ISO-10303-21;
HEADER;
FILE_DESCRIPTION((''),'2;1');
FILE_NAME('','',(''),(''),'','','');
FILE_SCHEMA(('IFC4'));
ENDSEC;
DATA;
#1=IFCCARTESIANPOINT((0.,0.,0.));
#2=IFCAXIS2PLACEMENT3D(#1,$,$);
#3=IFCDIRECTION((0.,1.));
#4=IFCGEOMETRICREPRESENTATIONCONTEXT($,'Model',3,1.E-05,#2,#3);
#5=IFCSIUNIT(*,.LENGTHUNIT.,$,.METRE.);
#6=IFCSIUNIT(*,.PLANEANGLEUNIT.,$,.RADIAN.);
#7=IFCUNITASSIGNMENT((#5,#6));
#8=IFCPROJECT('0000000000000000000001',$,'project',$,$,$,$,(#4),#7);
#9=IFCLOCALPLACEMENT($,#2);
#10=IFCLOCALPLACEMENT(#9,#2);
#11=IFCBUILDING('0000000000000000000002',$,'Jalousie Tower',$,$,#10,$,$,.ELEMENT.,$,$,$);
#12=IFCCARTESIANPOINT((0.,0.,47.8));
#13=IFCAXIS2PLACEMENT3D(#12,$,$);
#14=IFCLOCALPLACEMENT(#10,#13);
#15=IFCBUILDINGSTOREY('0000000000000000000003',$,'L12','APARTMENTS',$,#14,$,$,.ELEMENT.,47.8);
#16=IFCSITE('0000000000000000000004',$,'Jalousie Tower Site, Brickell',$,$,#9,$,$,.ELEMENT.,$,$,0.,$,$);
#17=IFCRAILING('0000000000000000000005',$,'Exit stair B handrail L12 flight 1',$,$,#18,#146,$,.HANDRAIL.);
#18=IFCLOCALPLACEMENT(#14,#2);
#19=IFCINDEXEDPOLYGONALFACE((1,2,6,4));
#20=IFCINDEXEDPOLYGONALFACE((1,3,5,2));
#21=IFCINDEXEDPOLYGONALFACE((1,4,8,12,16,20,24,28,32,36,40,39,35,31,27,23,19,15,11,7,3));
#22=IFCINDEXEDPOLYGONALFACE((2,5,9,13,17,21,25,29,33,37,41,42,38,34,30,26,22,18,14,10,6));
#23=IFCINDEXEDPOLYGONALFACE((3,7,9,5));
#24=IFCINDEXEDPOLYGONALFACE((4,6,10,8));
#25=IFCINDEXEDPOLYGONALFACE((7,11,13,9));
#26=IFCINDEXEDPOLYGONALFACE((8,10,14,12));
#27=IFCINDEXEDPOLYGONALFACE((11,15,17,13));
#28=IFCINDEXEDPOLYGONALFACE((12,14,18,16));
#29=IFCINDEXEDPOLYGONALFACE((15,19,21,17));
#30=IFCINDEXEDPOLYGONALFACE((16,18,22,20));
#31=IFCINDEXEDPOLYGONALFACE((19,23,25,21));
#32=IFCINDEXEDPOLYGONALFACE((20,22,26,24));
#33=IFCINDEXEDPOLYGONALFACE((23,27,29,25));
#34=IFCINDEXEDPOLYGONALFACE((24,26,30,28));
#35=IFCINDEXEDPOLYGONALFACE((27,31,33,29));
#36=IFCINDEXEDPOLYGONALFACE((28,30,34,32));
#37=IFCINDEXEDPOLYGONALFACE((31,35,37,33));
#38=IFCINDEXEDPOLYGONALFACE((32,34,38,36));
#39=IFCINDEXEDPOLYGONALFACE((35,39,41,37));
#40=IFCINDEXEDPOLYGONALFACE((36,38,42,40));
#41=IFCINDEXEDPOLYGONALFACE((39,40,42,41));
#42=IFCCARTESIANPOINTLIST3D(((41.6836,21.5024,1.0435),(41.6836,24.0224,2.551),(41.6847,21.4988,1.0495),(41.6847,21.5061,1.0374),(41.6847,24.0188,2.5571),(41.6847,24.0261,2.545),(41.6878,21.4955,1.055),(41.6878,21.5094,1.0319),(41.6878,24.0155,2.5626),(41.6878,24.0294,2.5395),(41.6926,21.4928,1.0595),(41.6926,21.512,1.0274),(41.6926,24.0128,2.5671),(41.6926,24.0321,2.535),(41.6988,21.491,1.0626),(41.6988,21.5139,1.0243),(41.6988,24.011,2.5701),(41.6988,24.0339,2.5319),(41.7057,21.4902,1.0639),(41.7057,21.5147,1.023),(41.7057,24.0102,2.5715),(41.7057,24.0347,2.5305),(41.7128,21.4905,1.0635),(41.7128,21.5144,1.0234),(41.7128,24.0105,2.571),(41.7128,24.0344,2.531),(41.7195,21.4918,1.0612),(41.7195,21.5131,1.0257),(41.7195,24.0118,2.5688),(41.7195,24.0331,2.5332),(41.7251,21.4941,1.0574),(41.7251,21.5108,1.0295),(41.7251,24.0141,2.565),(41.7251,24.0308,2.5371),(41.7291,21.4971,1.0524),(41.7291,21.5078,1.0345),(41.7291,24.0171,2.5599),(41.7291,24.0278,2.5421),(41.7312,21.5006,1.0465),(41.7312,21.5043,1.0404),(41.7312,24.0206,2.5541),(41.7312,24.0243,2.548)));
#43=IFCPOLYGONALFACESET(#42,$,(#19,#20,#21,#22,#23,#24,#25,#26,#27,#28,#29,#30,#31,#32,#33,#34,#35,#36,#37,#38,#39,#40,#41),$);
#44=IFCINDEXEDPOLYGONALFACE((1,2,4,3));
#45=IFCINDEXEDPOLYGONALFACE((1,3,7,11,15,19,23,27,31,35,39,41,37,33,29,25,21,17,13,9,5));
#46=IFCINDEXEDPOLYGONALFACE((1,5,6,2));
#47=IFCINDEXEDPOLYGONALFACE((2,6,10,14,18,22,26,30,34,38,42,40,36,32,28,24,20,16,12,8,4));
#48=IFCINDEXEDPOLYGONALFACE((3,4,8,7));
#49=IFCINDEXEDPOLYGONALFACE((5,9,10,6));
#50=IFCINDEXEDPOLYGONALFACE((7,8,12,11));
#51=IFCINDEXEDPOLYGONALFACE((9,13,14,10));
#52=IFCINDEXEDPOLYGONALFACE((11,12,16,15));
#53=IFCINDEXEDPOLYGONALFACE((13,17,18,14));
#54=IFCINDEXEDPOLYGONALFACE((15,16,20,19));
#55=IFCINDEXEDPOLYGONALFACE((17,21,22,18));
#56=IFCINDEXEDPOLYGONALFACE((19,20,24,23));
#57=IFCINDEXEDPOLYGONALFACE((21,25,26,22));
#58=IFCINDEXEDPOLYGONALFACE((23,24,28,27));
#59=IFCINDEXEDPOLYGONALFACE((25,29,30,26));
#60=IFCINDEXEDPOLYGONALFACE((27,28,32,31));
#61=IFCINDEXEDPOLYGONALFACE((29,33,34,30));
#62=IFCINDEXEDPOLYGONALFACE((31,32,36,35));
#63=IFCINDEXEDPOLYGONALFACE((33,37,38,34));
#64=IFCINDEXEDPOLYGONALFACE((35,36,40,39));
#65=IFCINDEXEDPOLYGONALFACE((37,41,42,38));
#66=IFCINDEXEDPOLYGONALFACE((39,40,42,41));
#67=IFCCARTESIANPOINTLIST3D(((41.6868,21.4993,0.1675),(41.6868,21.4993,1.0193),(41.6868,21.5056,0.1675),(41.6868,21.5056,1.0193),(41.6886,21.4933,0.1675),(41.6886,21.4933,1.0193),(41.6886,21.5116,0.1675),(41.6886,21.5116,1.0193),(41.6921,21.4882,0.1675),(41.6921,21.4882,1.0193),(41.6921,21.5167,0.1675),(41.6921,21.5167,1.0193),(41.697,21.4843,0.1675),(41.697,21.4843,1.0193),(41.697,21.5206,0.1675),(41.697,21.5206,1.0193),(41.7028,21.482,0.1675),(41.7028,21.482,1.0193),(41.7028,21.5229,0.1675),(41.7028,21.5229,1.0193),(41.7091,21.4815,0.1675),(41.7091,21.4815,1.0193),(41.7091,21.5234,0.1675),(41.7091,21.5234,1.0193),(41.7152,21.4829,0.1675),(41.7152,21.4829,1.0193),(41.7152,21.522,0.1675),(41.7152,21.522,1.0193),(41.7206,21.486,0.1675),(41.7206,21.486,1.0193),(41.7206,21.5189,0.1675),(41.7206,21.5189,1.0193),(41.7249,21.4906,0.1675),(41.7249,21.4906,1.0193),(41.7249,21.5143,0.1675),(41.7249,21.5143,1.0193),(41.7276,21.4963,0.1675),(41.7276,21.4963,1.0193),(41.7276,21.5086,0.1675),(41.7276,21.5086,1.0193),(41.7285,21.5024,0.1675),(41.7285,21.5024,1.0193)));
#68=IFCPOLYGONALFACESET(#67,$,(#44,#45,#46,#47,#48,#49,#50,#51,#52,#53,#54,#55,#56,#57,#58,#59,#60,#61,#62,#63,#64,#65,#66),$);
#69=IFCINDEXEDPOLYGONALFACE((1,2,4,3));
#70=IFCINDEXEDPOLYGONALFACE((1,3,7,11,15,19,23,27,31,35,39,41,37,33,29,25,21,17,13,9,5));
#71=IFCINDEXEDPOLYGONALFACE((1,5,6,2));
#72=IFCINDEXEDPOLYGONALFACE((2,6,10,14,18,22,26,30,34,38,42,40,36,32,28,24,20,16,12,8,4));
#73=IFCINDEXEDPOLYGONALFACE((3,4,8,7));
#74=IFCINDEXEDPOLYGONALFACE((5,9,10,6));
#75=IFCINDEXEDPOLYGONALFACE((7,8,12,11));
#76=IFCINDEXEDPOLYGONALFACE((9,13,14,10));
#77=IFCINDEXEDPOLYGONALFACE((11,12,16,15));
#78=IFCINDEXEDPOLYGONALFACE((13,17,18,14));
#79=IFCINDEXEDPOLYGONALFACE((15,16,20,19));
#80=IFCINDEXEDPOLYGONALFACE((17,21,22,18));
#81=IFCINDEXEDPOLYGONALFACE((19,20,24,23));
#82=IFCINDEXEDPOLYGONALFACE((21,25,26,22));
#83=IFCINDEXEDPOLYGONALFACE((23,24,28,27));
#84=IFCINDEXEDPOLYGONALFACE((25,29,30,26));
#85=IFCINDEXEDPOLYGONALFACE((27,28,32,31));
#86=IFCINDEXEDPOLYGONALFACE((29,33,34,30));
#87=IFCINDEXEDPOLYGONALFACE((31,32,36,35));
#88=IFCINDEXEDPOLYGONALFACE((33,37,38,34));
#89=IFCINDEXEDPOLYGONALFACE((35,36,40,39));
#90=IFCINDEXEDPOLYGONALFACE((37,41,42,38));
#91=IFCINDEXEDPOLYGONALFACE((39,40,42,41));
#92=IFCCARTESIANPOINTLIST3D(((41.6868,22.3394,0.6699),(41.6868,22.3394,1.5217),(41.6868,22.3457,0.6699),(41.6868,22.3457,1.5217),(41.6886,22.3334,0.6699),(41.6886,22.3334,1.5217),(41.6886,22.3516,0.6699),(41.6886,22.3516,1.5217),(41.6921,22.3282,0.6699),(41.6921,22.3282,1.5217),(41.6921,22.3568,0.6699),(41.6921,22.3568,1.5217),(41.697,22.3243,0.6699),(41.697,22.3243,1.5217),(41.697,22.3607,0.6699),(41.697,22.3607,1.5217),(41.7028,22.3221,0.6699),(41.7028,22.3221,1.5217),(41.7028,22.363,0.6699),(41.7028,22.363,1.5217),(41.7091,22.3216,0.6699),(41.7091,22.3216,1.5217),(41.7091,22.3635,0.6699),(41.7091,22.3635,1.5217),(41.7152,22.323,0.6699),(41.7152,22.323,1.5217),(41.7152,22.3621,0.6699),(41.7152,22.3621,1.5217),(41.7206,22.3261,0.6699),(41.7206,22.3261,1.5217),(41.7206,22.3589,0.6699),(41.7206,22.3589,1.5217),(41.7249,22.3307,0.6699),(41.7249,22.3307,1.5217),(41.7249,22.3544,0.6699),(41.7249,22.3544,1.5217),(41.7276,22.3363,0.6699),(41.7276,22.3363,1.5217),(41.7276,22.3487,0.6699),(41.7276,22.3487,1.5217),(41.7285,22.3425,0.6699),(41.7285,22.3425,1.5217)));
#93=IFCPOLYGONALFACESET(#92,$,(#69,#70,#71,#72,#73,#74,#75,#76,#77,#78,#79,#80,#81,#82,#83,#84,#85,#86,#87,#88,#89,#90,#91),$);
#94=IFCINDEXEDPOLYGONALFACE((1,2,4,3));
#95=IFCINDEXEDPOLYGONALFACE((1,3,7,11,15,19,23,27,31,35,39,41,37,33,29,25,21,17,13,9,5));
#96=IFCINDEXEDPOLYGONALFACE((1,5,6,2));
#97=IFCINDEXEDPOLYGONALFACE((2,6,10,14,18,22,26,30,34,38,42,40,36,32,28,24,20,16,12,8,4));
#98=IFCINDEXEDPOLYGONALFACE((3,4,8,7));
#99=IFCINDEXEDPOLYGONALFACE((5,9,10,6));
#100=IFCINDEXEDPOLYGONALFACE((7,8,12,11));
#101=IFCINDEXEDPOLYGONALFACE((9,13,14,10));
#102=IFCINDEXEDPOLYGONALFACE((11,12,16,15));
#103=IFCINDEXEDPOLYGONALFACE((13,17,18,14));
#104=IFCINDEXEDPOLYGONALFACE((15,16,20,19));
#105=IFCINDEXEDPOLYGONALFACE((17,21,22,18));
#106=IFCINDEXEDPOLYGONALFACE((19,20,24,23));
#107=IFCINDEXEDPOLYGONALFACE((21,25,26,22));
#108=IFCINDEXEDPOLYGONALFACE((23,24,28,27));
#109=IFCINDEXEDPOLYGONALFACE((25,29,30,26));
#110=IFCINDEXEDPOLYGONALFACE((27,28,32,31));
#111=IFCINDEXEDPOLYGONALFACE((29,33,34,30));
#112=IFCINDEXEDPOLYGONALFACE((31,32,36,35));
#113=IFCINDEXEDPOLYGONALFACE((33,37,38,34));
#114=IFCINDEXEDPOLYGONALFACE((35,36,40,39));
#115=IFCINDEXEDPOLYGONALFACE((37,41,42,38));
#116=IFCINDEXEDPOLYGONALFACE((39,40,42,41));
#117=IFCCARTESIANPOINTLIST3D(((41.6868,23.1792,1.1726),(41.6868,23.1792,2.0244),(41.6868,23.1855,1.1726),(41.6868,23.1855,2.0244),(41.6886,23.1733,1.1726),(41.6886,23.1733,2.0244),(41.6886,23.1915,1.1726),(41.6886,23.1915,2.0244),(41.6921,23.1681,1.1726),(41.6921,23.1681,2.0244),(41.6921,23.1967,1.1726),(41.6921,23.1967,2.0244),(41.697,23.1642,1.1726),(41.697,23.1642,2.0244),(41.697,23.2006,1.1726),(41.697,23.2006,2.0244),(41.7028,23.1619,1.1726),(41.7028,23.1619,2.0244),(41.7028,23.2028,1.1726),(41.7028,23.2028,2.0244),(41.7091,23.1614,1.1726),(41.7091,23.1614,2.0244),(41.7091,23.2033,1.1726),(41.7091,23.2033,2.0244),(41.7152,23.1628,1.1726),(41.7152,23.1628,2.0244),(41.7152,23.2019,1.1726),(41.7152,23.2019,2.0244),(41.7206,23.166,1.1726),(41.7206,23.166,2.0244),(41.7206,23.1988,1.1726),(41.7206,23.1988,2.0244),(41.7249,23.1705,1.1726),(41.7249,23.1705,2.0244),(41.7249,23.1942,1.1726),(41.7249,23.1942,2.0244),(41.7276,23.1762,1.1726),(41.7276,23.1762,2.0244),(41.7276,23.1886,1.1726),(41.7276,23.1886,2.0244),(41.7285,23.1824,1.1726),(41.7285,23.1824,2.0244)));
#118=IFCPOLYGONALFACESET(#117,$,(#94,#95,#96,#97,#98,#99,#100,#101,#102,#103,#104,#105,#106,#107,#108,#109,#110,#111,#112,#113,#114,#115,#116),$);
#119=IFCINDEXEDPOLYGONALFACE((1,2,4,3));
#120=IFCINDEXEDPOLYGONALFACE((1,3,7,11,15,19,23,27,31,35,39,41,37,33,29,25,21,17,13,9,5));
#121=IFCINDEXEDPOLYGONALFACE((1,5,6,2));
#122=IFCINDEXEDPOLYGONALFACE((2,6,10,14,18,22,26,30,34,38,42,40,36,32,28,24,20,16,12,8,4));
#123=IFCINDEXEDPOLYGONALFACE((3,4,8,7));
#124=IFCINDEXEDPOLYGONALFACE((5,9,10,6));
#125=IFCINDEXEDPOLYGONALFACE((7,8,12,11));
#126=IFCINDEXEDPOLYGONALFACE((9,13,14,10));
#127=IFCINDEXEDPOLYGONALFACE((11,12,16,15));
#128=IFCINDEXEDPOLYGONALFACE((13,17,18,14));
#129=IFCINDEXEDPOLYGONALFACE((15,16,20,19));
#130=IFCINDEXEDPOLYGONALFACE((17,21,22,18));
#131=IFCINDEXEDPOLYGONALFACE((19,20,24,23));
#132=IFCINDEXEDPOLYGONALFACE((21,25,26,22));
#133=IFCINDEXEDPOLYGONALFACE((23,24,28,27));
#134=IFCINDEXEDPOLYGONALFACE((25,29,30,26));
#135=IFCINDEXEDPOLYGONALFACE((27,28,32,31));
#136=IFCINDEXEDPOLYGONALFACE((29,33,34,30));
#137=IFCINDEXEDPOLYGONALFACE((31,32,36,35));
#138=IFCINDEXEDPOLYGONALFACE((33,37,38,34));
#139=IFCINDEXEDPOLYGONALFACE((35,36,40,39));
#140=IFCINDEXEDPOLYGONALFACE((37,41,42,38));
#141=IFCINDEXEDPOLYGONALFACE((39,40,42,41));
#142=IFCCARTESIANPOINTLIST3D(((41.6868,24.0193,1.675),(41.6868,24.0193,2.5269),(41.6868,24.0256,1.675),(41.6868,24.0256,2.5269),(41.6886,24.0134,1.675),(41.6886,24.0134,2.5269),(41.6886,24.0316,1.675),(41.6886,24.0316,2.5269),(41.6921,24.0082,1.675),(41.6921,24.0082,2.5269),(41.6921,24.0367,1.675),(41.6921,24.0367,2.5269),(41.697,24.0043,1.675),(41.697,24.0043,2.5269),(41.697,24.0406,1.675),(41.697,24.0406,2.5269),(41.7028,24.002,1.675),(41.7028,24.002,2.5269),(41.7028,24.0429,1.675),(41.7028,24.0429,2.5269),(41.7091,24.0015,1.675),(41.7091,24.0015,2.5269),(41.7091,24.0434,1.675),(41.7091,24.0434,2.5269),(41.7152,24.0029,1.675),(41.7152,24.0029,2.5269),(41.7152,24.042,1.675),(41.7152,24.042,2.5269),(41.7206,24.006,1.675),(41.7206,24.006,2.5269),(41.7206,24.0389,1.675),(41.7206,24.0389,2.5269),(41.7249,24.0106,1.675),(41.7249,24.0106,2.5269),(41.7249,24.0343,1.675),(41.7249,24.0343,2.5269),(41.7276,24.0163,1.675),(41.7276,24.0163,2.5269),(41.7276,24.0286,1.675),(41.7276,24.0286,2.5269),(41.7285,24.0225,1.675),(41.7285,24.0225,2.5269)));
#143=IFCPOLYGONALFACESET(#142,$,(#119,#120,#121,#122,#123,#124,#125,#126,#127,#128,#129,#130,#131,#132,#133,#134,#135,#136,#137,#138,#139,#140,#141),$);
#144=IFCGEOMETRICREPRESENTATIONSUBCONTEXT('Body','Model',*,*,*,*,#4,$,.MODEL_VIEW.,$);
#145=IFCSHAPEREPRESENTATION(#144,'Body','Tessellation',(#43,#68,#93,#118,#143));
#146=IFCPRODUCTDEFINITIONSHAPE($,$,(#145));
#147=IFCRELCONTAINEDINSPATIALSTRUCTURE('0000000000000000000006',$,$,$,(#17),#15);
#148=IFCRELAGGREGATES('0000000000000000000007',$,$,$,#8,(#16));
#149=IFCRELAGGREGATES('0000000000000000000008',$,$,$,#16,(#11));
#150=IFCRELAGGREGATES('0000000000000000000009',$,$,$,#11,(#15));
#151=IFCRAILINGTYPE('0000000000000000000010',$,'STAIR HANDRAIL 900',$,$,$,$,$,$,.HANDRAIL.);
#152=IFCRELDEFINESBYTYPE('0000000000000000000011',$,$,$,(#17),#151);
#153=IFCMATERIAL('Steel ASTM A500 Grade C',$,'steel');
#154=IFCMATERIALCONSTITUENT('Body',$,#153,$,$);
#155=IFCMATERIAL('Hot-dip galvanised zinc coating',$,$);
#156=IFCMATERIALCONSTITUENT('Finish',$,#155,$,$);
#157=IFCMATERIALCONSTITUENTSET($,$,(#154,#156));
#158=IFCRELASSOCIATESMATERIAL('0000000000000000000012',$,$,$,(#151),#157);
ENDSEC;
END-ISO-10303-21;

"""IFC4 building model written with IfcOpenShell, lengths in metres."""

from ifc_helpers import new_model, si_unit, direction, frame, origin, origin_2d, place, context, subcontext, project, spatial, circle, extrude, material, constituent, constituent_set, type_object, element, save


model = new_model("IFC4")

# Units and contexts
model_context = context("Model", 3, precision=1e-05, world=origin(), true_north=direction((0.0, 1.0)))
body_context = subcontext(model_context, "Body", "Model", "MODEL_VIEW")
ifc_project = project(units=[si_unit("LENGTHUNIT", "METRE"), si_unit("PLANEANGLEUNIT", "RADIAN")], contexts=[model_context])

# Site, building, storey
site_placement = place(None, origin())
site = spatial("IfcSite", under=ifc_project, at=site_placement, Name="Jalousie Tower Site, Brickell", CompositionType="ELEMENT", RefElevation=0.0)
building_placement = place(site_placement, origin())
building = spatial("IfcBuilding", under=site, at=building_placement, Name="Jalousie Tower", CompositionType="ELEMENT")
storey_placement = place(building_placement, frame((0.0, 0.0, 47.8)))
storey = spatial("IfcBuildingStorey", under=building, at=storey_placement, Name="L12", Description="APARTMENTS", CompositionType="ELEMENT", Elevation=47.8)

# Railing
ifc_material_1 = material(Name="Steel ASTM A500 Grade C", Category="steel")
ifc_constituent_1 = constituent(ifc_material_1, Name="Body")
ifc_material_2 = material(Name="Hot-dip galvanised zinc coating")
ifc_constituent_2 = constituent(ifc_material_2, Name="Finish")
ifc_constituent_set_1 = constituent_set(constituents=[ifc_constituent_1, ifc_constituent_2])
railing_type_1 = type_object("IfcRailingType", Name="STAIR HANDRAIL 900", PredefinedType="HANDRAIL", material=ifc_constituent_set_1)
railing_1_placement = place(storey_placement, frame((41.7075, 21.5024, 0.1675)))
element("IfcRailing", 1, at=railing_1_placement, inside=storey, type_object=railing_type_1, Name="Exit stair B handrail L12 flight 1", PredefinedType="HANDRAIL", context=body_context, shape_type="SweptSolid", body=[
    extrude(circle(Radius=0.0239, at=origin_2d()), frame((0.0, 0.0, 0.876), z_axis=(0.0, 0.85816, 0.513383), x_axis=(-1.0, 0.0, 0.0)), (0.0, 0.0, 1.0), 2.9365),
    extrude(circle(Radius=0.021, at=origin_2d()), origin(), (0.0, 0.0, 1.0), 0.8518),
    extrude(circle(Radius=0.021, at=origin_2d()), frame((0.0, 0.8401, 0.5024)), (0.0, 0.0, 1.0), 0.8518),
    extrude(circle(Radius=0.021, at=origin_2d()), frame((0.0, 1.6799, 1.0051)), (0.0, 0.0, 1.0), 0.8518),
    extrude(circle(Radius=0.021, at=origin_2d()), frame((0.0, 2.52, 1.5076)), (0.0, 0.0, 1.0), 0.8518),
])

save(model, "model.ifc")
